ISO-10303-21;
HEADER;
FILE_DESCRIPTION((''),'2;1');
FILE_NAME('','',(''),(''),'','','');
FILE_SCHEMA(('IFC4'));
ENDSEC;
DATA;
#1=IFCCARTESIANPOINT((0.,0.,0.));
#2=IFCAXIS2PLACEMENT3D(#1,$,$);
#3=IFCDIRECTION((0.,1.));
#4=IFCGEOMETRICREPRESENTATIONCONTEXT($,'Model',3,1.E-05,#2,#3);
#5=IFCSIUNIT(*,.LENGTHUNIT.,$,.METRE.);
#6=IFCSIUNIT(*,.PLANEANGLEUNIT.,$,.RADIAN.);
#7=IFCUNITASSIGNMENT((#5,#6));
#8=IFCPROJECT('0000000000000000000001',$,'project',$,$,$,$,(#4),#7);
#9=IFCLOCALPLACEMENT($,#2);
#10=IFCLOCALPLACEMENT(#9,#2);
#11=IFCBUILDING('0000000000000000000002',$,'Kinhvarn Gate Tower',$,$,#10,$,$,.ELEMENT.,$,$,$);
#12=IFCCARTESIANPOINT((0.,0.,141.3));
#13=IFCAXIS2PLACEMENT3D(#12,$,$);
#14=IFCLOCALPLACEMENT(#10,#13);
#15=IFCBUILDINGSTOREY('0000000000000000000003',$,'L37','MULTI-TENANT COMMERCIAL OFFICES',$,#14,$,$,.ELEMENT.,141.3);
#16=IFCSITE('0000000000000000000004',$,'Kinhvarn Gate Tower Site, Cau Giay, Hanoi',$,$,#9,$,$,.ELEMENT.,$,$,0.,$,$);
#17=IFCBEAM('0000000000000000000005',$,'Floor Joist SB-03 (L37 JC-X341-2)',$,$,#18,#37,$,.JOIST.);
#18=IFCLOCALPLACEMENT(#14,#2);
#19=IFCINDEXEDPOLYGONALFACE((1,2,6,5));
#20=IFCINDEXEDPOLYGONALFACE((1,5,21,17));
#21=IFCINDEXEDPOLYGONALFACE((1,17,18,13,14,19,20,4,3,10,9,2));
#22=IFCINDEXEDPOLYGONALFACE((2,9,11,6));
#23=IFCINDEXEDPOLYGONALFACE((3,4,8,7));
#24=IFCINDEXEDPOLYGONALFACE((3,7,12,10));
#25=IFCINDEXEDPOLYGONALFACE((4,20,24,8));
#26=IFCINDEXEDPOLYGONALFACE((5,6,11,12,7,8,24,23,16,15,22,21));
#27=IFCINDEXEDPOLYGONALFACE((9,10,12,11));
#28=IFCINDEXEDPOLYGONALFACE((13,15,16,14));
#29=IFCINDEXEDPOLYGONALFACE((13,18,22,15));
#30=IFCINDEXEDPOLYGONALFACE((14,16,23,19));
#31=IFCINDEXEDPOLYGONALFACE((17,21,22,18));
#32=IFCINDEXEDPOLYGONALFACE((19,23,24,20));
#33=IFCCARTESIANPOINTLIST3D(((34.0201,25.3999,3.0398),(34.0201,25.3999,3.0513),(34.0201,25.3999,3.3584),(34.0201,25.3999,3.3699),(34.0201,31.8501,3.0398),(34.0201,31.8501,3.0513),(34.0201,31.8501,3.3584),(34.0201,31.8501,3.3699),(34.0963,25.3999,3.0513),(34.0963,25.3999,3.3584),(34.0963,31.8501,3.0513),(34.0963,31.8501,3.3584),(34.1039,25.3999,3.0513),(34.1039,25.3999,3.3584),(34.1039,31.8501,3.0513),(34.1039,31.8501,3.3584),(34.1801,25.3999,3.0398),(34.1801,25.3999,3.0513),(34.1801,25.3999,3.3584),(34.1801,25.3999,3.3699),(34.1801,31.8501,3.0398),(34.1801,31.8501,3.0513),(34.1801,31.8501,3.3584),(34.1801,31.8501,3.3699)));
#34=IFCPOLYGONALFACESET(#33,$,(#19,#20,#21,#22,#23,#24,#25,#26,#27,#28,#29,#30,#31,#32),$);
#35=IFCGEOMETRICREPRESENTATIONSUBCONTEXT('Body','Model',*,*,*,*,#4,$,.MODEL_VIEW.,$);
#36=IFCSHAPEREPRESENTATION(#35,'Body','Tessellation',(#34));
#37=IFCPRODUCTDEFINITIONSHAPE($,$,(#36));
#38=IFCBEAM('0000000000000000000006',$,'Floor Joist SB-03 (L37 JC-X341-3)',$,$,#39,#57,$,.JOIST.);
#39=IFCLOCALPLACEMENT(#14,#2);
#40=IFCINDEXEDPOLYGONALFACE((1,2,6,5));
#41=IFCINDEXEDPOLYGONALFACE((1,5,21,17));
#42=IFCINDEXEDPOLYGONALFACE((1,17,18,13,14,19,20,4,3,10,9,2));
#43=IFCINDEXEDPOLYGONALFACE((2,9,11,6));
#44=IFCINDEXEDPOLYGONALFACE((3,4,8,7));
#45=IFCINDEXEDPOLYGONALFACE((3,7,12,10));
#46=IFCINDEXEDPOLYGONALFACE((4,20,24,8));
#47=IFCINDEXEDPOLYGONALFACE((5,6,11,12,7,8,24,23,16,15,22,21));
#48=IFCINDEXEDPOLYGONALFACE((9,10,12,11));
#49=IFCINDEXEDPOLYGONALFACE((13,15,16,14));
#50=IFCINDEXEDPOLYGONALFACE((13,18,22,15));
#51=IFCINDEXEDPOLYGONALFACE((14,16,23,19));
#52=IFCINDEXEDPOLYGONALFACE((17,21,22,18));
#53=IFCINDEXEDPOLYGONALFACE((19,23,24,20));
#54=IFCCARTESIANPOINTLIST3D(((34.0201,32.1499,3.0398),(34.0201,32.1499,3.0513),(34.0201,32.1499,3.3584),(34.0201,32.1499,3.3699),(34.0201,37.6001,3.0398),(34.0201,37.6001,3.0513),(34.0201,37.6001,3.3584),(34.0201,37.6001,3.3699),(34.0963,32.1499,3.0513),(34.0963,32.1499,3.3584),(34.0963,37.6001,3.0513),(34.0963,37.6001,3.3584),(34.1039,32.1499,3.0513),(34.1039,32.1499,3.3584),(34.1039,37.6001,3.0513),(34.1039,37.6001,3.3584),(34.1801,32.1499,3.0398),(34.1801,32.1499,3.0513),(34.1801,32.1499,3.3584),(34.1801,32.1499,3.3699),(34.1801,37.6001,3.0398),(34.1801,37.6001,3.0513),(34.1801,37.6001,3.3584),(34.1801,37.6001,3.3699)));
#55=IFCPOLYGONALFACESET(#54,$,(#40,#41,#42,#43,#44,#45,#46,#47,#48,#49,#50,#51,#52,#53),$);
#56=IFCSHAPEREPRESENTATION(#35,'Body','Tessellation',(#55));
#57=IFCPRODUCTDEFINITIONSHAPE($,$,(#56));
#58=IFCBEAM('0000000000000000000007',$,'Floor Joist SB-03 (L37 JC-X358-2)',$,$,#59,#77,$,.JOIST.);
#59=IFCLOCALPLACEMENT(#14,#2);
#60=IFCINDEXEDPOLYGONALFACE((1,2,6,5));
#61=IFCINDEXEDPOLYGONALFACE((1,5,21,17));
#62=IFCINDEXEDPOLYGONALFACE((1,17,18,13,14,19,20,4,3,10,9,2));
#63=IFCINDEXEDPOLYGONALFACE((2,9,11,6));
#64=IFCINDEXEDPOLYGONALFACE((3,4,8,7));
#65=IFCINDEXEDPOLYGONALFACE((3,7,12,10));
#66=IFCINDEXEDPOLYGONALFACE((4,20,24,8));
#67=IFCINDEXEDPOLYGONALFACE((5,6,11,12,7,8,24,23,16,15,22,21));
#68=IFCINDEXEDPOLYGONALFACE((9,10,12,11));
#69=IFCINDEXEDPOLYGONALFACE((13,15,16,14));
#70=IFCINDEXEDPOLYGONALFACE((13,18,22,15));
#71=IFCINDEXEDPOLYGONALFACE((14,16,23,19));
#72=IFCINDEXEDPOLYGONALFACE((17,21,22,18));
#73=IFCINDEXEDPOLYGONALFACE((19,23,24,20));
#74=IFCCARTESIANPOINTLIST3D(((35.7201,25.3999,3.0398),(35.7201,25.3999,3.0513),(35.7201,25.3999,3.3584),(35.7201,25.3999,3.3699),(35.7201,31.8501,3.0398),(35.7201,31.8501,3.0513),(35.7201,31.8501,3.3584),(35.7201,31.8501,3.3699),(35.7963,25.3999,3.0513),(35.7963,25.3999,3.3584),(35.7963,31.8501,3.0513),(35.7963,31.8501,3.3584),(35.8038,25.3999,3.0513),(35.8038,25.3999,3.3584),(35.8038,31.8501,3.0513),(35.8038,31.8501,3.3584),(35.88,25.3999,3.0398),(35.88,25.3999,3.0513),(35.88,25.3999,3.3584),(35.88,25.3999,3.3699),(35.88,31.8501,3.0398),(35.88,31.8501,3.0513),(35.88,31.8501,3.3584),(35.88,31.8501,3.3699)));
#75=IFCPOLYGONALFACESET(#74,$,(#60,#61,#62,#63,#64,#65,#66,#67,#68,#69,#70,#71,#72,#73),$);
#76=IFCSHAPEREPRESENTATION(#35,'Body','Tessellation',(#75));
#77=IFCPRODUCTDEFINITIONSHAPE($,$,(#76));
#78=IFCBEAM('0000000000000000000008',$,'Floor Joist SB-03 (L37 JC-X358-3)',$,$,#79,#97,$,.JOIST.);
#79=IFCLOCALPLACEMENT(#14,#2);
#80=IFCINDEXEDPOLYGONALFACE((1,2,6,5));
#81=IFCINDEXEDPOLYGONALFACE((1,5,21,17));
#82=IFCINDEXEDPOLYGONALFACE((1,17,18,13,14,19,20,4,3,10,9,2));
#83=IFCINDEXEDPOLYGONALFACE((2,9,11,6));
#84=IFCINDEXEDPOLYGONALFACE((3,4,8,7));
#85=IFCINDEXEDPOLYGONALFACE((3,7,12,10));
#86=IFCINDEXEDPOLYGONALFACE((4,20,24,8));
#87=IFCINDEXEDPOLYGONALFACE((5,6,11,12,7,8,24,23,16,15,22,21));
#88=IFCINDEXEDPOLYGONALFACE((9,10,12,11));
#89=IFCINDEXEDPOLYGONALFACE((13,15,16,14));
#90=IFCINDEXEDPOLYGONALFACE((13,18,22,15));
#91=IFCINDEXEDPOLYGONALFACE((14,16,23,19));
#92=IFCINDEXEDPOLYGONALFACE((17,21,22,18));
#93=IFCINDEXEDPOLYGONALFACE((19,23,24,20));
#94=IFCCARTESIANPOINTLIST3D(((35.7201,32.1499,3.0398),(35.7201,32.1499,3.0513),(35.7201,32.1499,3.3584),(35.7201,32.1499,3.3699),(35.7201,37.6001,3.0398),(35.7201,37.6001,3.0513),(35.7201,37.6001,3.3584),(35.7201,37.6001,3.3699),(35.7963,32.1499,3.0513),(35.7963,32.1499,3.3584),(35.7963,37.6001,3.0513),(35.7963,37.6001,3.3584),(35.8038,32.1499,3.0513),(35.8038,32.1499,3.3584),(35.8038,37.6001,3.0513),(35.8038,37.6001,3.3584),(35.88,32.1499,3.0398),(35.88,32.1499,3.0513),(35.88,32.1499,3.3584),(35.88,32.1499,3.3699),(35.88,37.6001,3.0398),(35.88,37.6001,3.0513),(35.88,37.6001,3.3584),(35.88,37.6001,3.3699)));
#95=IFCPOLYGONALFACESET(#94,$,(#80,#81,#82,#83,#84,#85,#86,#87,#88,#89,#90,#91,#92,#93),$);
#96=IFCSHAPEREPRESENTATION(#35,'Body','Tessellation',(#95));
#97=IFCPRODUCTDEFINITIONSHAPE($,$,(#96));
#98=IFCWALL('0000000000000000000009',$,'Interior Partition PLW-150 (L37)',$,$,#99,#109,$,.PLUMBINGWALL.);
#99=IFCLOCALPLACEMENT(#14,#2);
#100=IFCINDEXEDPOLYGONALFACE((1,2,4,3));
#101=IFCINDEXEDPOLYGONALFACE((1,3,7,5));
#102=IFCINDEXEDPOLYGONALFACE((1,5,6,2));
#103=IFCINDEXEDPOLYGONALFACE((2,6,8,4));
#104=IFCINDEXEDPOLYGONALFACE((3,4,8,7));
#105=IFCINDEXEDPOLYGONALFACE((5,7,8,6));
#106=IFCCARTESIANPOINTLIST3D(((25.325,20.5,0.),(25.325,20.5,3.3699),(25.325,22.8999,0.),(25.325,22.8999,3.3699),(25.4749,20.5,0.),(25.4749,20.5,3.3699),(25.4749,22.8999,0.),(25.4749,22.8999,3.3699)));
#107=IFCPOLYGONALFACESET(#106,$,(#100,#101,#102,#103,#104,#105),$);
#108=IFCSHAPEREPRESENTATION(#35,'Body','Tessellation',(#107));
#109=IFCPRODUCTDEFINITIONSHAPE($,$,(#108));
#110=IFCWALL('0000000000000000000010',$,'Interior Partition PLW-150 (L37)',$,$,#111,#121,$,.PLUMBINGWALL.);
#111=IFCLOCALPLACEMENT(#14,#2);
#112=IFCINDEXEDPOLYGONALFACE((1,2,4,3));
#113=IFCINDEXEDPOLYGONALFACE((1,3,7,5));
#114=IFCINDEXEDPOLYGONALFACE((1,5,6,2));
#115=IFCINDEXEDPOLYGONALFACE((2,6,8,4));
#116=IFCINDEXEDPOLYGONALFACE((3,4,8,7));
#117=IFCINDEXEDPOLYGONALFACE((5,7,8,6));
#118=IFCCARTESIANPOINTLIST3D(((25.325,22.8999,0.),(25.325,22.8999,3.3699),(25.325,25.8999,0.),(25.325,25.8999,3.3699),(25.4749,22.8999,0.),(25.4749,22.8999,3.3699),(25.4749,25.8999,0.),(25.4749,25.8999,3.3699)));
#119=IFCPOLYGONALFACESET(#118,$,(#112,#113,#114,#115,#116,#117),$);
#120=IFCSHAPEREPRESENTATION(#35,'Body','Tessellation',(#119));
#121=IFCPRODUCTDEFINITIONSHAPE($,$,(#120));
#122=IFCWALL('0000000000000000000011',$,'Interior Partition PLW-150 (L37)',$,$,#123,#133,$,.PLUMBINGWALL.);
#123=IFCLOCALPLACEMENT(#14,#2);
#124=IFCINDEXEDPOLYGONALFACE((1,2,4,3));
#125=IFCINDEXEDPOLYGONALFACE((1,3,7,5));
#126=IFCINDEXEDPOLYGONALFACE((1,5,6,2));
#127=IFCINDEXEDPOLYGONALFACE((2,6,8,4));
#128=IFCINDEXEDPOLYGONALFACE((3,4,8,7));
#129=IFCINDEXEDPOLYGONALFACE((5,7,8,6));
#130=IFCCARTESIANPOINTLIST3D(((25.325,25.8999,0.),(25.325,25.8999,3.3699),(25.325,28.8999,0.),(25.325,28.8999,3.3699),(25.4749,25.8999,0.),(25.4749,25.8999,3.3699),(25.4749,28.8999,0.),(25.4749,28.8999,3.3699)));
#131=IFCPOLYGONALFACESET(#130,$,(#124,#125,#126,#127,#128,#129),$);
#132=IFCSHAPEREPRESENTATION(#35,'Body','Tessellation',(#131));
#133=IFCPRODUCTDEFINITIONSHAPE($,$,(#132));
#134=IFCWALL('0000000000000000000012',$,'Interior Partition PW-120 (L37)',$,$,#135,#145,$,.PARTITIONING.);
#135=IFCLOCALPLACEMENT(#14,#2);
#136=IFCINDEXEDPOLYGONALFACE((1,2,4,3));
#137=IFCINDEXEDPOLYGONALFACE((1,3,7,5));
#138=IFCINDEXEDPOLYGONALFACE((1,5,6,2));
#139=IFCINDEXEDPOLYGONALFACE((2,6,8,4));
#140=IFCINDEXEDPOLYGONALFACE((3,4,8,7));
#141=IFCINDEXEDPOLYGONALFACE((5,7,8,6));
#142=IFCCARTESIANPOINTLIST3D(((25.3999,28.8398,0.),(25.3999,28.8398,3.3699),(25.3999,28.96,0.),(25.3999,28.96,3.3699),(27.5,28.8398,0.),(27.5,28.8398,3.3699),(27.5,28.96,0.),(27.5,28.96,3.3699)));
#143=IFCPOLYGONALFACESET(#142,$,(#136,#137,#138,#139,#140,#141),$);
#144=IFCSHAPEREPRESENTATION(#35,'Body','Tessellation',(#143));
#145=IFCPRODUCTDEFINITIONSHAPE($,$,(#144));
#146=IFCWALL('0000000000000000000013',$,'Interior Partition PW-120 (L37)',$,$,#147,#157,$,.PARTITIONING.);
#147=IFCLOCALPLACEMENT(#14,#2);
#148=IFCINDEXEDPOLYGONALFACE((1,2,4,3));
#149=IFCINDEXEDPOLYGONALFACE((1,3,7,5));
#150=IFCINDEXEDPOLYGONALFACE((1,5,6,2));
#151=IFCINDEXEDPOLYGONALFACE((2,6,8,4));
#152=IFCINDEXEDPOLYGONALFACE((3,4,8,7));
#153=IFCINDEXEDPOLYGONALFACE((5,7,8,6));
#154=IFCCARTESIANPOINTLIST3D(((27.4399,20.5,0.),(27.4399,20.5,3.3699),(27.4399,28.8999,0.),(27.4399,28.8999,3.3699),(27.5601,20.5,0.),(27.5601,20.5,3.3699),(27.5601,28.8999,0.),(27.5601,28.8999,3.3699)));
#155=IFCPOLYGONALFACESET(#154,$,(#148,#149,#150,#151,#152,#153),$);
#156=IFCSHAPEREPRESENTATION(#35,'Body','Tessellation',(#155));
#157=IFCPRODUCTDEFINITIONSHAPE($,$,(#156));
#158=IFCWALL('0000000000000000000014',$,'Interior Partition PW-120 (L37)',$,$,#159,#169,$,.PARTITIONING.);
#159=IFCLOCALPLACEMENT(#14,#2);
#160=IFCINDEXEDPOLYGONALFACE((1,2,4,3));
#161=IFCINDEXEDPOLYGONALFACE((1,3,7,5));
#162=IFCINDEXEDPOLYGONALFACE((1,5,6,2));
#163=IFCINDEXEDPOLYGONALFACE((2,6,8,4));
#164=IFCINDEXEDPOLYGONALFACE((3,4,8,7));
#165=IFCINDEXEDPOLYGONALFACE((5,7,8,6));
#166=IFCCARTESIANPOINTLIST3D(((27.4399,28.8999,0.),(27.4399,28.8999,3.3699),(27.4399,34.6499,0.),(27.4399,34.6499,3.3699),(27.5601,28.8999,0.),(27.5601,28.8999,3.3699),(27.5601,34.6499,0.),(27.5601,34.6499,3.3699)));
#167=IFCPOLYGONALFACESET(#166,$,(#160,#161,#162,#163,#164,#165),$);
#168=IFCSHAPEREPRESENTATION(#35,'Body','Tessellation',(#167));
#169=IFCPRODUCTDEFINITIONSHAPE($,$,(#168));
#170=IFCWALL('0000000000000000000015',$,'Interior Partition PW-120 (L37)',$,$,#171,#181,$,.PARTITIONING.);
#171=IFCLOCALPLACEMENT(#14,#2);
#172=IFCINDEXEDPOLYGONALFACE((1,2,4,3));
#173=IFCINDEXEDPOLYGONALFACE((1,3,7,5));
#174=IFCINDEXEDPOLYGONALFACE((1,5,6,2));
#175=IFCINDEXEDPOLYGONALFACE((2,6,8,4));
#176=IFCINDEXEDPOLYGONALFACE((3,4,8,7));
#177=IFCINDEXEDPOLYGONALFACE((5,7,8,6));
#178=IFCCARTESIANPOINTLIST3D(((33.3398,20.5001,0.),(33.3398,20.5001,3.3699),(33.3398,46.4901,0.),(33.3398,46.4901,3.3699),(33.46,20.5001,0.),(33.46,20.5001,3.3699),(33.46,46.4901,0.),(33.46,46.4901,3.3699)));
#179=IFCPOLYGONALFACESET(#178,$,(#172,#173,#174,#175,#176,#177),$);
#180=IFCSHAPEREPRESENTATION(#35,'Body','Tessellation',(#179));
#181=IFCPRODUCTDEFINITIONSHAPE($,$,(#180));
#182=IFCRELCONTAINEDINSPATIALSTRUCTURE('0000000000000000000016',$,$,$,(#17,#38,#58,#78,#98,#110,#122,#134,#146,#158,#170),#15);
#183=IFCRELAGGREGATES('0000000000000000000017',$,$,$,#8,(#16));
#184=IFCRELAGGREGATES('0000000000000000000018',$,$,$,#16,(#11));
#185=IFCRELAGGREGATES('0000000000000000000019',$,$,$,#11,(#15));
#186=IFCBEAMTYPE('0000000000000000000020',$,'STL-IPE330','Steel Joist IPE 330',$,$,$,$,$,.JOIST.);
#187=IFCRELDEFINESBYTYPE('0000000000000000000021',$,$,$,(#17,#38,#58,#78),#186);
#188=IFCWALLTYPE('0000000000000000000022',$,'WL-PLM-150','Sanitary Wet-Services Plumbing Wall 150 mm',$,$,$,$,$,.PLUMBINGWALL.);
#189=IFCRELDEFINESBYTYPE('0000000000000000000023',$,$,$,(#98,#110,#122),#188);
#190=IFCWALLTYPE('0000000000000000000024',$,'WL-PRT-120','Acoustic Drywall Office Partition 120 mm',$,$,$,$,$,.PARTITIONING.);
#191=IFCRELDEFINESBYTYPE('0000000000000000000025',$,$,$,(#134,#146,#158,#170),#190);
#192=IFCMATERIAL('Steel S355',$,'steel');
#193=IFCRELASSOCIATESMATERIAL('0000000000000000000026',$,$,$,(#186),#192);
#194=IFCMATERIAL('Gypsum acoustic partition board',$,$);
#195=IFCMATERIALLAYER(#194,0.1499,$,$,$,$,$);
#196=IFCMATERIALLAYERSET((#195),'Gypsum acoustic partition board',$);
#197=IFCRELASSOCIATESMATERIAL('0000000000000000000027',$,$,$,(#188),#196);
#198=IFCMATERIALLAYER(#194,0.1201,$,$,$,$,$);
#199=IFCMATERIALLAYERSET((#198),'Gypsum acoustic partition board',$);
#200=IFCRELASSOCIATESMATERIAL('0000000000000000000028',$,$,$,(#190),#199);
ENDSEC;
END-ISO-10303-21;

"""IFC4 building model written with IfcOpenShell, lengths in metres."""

from ifc_helpers import new_model, si_unit, direction, frame, frame_2d, origin, origin_2d, place, context, subcontext, project, spatial, rectangle, i_section, extrude, material, layer, layer_set, material_profile, profile_set, type_object, element, save


model = new_model("IFC4")

# Units and contexts
model_context = context("Model", 3, precision=1e-05, world=origin(), true_north=direction((0.0, 1.0)))
body_context = subcontext(model_context, "Body", "Model", "MODEL_VIEW")
ifc_project = project(units=[si_unit("LENGTHUNIT", "METRE"), si_unit("PLANEANGLEUNIT", "RADIAN")], contexts=[model_context])

# Site, building, storey
site_placement = place(None, origin())
site = spatial("IfcSite", under=ifc_project, at=site_placement, Name="Kinhvarn Gate Tower Site, Cau Giay, Hanoi", CompositionType="ELEMENT", RefElevation=0.0)
building_placement = place(site_placement, origin())
building = spatial("IfcBuilding", under=site, at=building_placement, Name="Kinhvarn Gate Tower", CompositionType="ELEMENT")
storey_placement = place(building_placement, frame((0.0, 0.0, 141.3)))
storey = spatial("IfcBuildingStorey", under=building, at=storey_placement, Name="L37", Description="MULTI-TENANT COMMERCIAL OFFICES", CompositionType="ELEMENT", Elevation=141.3)

# Beams
ifc_material_1 = material(Name="Steel S355", Category="steel")
ifc_material_profile = material_profile(ifc_material_1, i_section(OverallWidth=0.1599, OverallDepth=0.3301, WebThickness=0.0076, FlangeThickness=0.0115, at=origin_2d()), Name="IPE 330")
ifc_profile_set = profile_set([ifc_material_profile], Name="Steel S355")
beam_type = type_object("IfcBeamType", Name="STL-IPE330", Description="Steel Joist IPE 330", PredefinedType="JOIST", material=ifc_profile_set)
beam_1_placement = place(storey_placement, frame((34.1001, 25.3999, 3.2048), z_axis=(0.0, 1.0, 0.0), x_axis=(-1.0, 0.0, 0.0)))
element("IfcBeam", 1, at=beam_1_placement, inside=storey, type_object=beam_type, Name="Floor Joist SB-03 (L37 JC-X341-2)", PredefinedType="JOIST", context=body_context, shape_type="SweptSolid", body=[
    extrude(i_section(OverallWidth=0.1599, OverallDepth=0.3301, WebThickness=0.0076, FlangeThickness=0.0115, at=origin_2d()), origin(), (0.0, 0.0, 1.0), 6.4502),
])
beam_2_placement = place(storey_placement, frame((34.1001, 32.1499, 3.2048), z_axis=(0.0, 1.0, 0.0), x_axis=(-1.0, 0.0, 0.0)))
element("IfcBeam", 2, at=beam_2_placement, inside=storey, type_object=beam_type, Name="Floor Joist SB-03 (L37 JC-X341-3)", PredefinedType="JOIST", context=body_context, shape_type="SweptSolid", body=[
    extrude(i_section(OverallWidth=0.1599, OverallDepth=0.3301, WebThickness=0.0076, FlangeThickness=0.0115, at=origin_2d()), origin(), (0.0, 0.0, 1.0), 5.4502),
])
beam_3_placement = place(storey_placement, frame((35.8, 25.3999, 3.2048), z_axis=(0.0, 1.0, 0.0), x_axis=(-1.0, 0.0, 0.0)))
element("IfcBeam", 3, at=beam_3_placement, inside=storey, type_object=beam_type, Name="Floor Joist SB-03 (L37 JC-X358-2)", PredefinedType="JOIST", context=body_context, shape_type="SweptSolid", body=[
    extrude(i_section(OverallWidth=0.1599, OverallDepth=0.3301, WebThickness=0.0076, FlangeThickness=0.0115, at=origin_2d()), origin(), (0.0, 0.0, 1.0), 6.4502),
])
beam_4_placement = place(storey_placement, frame((35.8, 32.1499, 3.2048), z_axis=(0.0, 1.0, 0.0), x_axis=(-1.0, 0.0, 0.0)))
element("IfcBeam", 4, at=beam_4_placement, inside=storey, type_object=beam_type, Name="Floor Joist SB-03 (L37 JC-X358-3)", PredefinedType="JOIST", context=body_context, shape_type="SweptSolid", body=[
    extrude(i_section(OverallWidth=0.1599, OverallDepth=0.3301, WebThickness=0.0076, FlangeThickness=0.0115, at=origin_2d()), origin(), (0.0, 0.0, 1.0), 5.4502),
])

# Walls
ifc_material_2 = material(Name="Gypsum acoustic partition board")
ifc_layer_1 = layer(ifc_material_2, 0.1499)
ifc_layer_set_1 = layer_set([ifc_layer_1], Name="Gypsum acoustic partition board")
wall_type_1 = type_object("IfcWallType", Name="WL-PLM-150", Description="Sanitary Wet-Services Plumbing Wall 150 mm", PredefinedType="PLUMBINGWALL", material=ifc_layer_set_1)
wall_1_placement = place(storey_placement, frame((25.3999, 20.5, 0.0), z_axis=(0.0, 0.0, 1.0), x_axis=(0.0, 1.0, 0.0)))
element("IfcWall", 5, at=wall_1_placement, inside=storey, type_object=wall_type_1, Name="Interior Partition PLW-150 (L37)", PredefinedType="PLUMBINGWALL", context=body_context, shape_type="SweptSolid", body=[
    extrude(rectangle(XDim=2.3999, YDim=0.1499, at=frame_2d((1.2, 0.0))), origin(), (0.0, 0.0, 1.0), 3.3699),
])
for number, where, z_axis, x_axis, name in (
    (6, (25.3999, 22.8999, 0.0), (0.0, 0.0, 1.0), (0.0, 1.0, 0.0), "Interior Partition PLW-150 (L37)"),
    (7, (25.3999, 25.8999, 0.0), (0.0, 0.0, 1.0), (0.0, 1.0, 0.0), "Interior Partition PLW-150 (L37)"),
):
    element("IfcWall", number, at=place(storey_placement, frame(where, z_axis=z_axis, x_axis=x_axis)), inside=storey, type_object=wall_type_1, Name=name, PredefinedType="PLUMBINGWALL", context=body_context, shape_type="SweptSolid", body=[
        extrude(rectangle(XDim=3.0, YDim=0.1499, at=frame_2d((1.5, 0.0))), origin(), (0.0, 0.0, 1.0), 3.3699),
    ])
ifc_layer_2 = layer(ifc_material_2, 0.1201)
ifc_layer_set_2 = layer_set([ifc_layer_2], Name="Gypsum acoustic partition board")
wall_type_2 = type_object("IfcWallType", Name="WL-PRT-120", Description="Acoustic Drywall Office Partition 120 mm", PredefinedType="PARTITIONING", material=ifc_layer_set_2)
wall_2_placement = place(storey_placement, frame((25.3999, 28.8999, 0.0), z_axis=(0.0, 0.0, 1.0), x_axis=(1.0, 0.0, 0.0)))
element("IfcWall", 8, at=wall_2_placement, inside=storey, type_object=wall_type_2, Name="Interior Partition PW-120 (L37)", PredefinedType="PARTITIONING", context=body_context, shape_type="SweptSolid", body=[
    extrude(rectangle(XDim=2.1001, YDim=0.1201, at=frame_2d((1.05, 0.0))), origin(), (0.0, 0.0, 1.0), 3.3699),
])
wall_3_placement = place(storey_placement, frame((27.5, 20.5, 0.0), z_axis=(0.0, 0.0, 1.0), x_axis=(0.0, 1.0, 0.0)))
element("IfcWall", 9, at=wall_3_placement, inside=storey, type_object=wall_type_2, Name="Interior Partition PW-120 (L37)", PredefinedType="PARTITIONING", context=body_context, shape_type="SweptSolid", body=[
    extrude(rectangle(XDim=8.3999, YDim=0.1201, at=frame_2d((4.2, 0.0))), origin(), (0.0, 0.0, 1.0), 3.3699),
])
wall_4_placement = place(storey_placement, frame((27.5, 28.8999, 0.0), z_axis=(0.0, 0.0, 1.0), x_axis=(0.0, 1.0, 0.0)))
element("IfcWall", 10, at=wall_4_placement, inside=storey, type_object=wall_type_2, Name="Interior Partition PW-120 (L37)", PredefinedType="PARTITIONING", context=body_context, shape_type="SweptSolid", body=[
    extrude(rectangle(XDim=5.75, YDim=0.1201, at=frame_2d((2.875, 0.0))), origin(), (0.0, 0.0, 1.0), 3.3699),
])
wall_5_placement = place(storey_placement, frame((33.3999, 20.5, 0.0), z_axis=(0.0, 0.0, 1.0), x_axis=(0.0, 1.0, 0.0)))
element("IfcWall", 11, at=wall_5_placement, inside=storey, type_object=wall_type_2, Name="Interior Partition PW-120 (L37)", PredefinedType="PARTITIONING", context=body_context, shape_type="SweptSolid", body=[
    extrude(rectangle(XDim=25.99, YDim=0.1201, at=frame_2d((12.9951, 0.0))), origin(), (0.0, 0.0, 1.0), 3.3699),
])

save(model, "model.ifc")
